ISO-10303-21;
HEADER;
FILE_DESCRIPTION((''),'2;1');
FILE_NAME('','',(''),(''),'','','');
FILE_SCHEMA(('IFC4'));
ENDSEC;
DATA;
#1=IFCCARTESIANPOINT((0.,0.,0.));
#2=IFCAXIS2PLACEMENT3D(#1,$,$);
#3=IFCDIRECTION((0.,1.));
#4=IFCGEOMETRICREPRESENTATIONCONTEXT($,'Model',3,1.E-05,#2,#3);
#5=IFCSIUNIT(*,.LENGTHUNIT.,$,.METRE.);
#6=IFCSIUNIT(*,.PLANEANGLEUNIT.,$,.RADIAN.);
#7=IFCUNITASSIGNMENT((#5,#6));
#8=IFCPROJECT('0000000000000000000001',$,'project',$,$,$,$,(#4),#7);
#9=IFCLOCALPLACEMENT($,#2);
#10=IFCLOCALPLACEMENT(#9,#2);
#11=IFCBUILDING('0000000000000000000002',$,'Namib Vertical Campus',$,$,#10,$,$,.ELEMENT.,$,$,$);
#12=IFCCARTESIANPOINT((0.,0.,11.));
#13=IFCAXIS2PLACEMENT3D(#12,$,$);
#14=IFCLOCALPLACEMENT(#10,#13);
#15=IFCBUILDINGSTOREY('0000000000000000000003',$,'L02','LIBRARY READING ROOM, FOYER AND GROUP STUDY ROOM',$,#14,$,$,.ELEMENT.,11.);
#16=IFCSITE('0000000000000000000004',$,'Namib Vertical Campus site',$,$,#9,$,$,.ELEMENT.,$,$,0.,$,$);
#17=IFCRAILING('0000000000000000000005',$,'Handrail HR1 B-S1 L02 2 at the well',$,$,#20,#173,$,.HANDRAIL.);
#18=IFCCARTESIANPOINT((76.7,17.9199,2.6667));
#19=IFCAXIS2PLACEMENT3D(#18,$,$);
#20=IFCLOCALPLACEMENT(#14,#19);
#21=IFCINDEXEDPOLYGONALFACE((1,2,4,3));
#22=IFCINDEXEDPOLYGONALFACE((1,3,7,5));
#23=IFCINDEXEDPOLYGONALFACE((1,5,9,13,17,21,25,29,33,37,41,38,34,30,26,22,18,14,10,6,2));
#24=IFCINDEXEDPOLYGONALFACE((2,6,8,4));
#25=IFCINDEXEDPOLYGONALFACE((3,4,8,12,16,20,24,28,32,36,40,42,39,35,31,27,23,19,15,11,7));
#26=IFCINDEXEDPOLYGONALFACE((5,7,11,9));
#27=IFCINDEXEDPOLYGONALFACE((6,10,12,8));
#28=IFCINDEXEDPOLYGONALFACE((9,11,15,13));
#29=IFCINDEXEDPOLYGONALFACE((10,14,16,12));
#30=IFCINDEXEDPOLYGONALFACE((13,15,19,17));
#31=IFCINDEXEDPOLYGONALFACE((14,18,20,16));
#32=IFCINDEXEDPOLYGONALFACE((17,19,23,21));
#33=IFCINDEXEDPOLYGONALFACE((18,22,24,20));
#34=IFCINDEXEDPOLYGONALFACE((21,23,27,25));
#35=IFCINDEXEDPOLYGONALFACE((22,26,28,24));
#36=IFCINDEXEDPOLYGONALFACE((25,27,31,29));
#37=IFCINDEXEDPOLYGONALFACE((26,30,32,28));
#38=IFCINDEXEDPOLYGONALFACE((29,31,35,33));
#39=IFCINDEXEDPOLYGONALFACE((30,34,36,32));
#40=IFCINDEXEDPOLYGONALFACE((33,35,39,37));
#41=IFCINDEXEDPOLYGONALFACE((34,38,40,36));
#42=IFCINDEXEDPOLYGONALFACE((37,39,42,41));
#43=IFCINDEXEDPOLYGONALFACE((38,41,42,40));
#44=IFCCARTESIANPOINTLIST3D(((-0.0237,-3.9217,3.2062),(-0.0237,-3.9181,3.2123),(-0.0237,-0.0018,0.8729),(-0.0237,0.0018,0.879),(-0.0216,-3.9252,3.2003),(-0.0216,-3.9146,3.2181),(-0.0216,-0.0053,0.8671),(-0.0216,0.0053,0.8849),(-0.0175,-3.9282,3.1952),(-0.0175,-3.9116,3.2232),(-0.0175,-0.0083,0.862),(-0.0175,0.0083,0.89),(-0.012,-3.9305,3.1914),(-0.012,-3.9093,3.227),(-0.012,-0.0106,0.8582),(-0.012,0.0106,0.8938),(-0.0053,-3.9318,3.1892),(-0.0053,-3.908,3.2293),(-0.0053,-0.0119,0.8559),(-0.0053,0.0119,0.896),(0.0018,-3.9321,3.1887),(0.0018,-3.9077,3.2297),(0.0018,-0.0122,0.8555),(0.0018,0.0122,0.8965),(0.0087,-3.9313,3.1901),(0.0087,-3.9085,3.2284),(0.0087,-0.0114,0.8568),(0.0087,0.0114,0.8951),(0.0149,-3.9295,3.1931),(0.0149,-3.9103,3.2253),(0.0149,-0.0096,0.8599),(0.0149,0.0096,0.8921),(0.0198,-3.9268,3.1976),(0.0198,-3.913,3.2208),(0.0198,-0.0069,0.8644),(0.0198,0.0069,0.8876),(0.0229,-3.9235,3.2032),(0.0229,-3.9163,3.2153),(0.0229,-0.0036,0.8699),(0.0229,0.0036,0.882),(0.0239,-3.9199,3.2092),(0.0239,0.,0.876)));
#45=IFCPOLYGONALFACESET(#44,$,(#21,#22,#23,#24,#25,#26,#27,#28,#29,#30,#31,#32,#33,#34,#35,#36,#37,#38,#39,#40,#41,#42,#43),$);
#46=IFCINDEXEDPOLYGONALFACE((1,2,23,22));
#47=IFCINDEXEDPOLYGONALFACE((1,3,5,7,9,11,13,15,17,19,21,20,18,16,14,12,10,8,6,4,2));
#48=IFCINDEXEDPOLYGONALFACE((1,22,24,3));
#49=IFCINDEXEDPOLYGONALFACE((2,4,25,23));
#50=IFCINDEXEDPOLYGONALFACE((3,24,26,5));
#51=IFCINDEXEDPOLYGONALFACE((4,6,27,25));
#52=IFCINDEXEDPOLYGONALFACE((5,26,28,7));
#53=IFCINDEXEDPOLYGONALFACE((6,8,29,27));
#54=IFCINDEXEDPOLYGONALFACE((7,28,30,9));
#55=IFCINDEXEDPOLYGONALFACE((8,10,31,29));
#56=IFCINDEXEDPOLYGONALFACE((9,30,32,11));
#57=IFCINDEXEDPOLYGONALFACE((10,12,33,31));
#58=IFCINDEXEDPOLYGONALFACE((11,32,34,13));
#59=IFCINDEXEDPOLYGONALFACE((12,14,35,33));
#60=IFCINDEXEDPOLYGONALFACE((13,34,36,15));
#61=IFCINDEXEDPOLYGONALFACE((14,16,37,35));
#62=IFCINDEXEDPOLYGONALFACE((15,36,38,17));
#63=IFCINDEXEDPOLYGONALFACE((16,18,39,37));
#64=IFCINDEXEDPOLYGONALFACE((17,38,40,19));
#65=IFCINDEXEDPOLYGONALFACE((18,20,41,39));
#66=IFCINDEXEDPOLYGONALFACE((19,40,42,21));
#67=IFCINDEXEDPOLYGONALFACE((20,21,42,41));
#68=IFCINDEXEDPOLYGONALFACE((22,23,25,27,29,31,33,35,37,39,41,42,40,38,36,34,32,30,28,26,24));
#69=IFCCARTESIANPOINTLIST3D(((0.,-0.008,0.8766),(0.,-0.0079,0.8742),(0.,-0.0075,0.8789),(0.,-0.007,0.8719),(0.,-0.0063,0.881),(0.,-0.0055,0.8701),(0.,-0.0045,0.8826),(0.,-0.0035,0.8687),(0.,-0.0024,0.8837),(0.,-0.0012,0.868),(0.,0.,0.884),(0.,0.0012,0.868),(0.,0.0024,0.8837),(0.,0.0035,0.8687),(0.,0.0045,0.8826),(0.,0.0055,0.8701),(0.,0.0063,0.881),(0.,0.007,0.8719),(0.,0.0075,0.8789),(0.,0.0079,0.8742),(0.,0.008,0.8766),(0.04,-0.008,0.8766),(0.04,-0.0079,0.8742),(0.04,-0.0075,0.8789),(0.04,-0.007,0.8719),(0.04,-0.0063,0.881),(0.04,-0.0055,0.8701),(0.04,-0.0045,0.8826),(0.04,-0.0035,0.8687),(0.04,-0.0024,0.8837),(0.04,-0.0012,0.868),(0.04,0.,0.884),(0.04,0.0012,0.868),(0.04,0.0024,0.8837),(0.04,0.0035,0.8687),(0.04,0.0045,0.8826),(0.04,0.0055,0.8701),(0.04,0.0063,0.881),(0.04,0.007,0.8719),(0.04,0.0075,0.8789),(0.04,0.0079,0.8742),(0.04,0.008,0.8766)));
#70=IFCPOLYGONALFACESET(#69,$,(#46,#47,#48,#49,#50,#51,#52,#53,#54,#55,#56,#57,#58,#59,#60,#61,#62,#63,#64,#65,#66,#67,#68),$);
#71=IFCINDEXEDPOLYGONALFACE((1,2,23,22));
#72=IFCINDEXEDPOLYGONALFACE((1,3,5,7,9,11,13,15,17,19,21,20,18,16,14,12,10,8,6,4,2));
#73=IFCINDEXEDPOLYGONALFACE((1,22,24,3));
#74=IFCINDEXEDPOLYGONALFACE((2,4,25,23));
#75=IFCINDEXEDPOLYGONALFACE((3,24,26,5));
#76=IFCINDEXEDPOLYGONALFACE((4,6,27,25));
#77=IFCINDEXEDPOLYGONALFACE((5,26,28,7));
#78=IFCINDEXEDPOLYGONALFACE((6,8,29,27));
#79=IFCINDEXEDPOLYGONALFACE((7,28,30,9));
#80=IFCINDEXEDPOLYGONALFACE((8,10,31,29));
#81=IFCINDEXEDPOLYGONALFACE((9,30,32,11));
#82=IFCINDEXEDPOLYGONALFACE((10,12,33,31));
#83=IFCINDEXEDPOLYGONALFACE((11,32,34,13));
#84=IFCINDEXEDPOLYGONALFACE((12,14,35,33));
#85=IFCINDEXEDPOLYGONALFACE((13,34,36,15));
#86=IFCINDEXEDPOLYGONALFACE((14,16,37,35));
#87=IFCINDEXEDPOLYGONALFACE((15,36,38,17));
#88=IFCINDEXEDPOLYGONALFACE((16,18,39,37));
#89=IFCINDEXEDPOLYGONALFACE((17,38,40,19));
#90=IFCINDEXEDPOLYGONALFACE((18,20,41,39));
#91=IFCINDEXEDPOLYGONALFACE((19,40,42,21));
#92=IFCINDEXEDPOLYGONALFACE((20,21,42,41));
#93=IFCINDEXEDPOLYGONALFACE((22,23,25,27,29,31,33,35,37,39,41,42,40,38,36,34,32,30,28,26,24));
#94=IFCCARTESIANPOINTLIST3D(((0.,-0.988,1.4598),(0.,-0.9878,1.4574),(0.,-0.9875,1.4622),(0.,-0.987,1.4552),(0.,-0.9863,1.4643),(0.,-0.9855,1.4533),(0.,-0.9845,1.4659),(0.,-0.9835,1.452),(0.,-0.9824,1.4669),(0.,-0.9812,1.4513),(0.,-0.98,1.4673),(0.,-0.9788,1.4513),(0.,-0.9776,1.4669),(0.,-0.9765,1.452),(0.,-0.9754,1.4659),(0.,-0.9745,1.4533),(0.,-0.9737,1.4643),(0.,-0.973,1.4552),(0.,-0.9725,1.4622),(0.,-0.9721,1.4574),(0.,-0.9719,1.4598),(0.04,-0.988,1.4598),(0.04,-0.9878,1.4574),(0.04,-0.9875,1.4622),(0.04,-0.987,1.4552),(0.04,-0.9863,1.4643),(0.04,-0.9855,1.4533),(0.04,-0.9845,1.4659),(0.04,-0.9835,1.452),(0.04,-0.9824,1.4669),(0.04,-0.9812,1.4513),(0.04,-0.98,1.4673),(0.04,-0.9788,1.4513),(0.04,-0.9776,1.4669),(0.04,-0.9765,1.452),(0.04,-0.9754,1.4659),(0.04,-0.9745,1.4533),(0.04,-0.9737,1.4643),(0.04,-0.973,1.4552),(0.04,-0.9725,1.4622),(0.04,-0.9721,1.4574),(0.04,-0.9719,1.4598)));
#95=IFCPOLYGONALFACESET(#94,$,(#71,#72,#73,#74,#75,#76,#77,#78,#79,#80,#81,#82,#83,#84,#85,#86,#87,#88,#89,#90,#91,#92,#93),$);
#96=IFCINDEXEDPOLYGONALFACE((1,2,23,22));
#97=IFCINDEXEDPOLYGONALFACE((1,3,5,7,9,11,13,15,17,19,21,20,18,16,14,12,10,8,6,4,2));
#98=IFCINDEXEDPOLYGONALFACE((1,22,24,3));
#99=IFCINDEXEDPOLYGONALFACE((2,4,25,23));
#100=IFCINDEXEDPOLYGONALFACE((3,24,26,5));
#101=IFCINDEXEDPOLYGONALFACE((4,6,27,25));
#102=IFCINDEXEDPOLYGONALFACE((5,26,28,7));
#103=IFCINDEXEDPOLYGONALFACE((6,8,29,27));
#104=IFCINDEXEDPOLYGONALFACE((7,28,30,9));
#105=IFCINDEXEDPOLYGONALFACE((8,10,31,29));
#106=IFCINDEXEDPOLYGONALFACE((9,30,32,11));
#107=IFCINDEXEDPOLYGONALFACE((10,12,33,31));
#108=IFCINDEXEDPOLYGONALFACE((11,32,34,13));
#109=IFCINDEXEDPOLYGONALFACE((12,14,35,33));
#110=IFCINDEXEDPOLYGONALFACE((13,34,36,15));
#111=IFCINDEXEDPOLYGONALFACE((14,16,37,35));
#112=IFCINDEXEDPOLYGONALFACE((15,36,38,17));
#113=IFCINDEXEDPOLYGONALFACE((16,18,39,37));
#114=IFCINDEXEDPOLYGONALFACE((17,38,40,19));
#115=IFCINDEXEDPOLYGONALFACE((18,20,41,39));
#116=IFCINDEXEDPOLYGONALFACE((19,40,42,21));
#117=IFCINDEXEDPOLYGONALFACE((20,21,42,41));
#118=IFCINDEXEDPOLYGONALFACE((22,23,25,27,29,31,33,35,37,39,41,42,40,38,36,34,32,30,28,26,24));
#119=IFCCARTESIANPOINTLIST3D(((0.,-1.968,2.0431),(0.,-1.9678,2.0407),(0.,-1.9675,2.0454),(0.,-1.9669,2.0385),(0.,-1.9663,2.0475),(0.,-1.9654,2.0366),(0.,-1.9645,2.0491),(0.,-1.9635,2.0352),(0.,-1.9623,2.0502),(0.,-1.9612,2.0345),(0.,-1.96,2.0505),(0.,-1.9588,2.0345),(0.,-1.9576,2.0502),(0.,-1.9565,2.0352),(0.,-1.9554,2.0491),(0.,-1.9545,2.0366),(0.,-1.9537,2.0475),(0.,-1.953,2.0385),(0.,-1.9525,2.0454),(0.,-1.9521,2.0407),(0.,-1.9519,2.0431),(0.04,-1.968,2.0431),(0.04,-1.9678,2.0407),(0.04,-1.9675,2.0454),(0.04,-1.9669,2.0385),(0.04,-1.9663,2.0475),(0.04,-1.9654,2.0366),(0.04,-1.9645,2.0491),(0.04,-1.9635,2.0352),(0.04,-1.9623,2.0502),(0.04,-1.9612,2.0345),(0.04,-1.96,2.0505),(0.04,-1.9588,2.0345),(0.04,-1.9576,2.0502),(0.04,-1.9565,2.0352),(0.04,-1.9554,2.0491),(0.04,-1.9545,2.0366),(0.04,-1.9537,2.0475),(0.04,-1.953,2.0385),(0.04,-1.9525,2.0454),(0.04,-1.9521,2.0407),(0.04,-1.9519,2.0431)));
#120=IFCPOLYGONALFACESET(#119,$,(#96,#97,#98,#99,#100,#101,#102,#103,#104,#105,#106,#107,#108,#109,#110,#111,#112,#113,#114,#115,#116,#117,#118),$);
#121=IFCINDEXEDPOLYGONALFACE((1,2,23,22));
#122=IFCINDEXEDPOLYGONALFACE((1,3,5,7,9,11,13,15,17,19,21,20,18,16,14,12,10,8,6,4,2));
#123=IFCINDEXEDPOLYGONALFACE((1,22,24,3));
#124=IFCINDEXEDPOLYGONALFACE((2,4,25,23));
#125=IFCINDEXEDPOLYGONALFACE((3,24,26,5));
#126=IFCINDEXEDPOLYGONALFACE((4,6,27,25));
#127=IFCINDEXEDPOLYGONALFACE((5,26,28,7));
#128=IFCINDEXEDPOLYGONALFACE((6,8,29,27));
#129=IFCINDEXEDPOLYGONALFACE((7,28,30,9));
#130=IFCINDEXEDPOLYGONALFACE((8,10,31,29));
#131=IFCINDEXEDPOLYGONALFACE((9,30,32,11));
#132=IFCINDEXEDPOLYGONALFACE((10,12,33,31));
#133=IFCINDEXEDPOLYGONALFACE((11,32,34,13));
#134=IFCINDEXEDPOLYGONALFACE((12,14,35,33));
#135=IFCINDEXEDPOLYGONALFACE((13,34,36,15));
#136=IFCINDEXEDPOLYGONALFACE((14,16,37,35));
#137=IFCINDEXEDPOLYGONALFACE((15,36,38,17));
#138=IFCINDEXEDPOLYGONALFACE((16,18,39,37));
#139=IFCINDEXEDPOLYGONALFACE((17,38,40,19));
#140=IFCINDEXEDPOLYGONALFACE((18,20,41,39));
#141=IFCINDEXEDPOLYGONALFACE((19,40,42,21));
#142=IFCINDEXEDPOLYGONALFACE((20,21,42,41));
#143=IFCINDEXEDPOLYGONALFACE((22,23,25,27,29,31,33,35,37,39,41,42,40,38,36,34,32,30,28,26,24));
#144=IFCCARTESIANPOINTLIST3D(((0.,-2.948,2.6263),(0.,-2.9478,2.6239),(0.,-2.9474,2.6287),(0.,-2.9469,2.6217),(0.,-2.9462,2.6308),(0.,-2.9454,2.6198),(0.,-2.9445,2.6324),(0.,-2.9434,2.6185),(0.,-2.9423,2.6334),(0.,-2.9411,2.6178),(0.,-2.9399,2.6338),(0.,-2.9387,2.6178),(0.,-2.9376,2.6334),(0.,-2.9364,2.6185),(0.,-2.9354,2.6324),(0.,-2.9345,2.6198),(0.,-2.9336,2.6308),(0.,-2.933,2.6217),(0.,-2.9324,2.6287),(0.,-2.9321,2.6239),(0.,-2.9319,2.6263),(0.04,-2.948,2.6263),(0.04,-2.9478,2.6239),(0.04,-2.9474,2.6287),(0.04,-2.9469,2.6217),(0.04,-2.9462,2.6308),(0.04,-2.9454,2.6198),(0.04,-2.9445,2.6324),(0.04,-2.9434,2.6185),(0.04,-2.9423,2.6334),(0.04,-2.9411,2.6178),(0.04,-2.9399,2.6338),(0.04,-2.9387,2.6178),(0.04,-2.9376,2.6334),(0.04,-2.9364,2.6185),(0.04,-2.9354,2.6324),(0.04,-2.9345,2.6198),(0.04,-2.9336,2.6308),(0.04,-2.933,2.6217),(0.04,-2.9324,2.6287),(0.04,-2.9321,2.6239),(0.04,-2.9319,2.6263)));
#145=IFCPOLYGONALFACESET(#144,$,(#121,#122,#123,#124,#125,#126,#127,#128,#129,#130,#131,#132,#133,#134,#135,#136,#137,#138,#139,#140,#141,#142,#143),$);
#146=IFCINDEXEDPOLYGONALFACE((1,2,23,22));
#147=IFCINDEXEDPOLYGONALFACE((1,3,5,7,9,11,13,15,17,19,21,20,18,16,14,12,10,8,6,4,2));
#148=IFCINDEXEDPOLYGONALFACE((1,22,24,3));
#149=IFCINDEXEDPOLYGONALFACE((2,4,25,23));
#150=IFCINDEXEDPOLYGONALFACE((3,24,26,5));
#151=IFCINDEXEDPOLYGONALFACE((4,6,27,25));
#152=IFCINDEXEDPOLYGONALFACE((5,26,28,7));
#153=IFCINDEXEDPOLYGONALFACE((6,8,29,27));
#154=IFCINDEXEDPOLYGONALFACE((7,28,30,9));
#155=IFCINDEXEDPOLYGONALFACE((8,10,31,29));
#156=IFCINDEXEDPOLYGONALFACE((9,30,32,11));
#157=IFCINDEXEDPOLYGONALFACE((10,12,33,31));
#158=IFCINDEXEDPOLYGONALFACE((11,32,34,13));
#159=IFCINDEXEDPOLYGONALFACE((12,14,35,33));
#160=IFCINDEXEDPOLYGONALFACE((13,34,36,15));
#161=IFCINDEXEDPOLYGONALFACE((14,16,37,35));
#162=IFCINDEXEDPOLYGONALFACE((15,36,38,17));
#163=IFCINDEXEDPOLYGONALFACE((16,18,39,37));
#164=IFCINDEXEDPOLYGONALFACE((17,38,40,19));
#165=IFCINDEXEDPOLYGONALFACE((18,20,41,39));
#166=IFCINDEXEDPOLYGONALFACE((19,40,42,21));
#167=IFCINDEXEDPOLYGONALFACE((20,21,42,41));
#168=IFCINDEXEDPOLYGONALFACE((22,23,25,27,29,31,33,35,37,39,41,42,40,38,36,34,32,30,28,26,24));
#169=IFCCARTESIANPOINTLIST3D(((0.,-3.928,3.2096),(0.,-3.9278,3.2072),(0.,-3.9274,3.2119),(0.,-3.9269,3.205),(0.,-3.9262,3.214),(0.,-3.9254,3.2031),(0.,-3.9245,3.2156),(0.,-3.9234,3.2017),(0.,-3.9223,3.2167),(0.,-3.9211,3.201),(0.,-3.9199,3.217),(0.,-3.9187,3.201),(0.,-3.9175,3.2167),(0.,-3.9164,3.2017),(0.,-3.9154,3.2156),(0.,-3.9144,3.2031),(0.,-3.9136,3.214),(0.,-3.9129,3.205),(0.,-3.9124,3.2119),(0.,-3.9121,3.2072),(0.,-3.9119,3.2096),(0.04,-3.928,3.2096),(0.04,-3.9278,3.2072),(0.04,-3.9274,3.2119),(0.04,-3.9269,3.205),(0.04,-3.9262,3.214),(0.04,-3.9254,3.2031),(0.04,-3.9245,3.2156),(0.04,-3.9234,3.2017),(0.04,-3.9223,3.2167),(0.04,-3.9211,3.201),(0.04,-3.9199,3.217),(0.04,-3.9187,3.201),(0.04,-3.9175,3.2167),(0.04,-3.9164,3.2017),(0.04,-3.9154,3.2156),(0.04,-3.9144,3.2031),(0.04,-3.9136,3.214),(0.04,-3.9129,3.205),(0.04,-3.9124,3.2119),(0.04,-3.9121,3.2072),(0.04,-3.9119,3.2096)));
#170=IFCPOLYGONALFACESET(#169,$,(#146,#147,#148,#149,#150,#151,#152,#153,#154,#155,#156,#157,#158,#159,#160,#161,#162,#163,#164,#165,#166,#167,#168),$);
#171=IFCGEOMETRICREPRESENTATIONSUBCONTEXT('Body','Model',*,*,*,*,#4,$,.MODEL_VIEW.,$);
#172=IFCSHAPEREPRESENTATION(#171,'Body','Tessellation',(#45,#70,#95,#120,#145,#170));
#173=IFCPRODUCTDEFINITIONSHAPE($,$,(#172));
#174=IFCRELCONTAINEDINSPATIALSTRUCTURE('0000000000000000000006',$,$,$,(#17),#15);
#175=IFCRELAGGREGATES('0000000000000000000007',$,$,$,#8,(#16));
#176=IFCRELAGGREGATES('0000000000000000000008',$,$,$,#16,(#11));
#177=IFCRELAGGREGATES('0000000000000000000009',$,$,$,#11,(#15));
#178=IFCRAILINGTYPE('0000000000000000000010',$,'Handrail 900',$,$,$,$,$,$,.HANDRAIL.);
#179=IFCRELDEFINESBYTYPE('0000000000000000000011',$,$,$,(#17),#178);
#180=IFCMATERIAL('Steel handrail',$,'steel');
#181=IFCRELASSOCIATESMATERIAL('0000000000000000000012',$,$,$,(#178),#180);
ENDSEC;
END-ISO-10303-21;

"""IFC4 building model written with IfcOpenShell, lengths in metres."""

from ifc_helpers import new_model, si_unit, direction, frame, origin, origin_2d, place, context, subcontext, project, spatial, circle, extrude, material, type_object, element, save


model = new_model("IFC4")

# Units and contexts
model_context = context("Model", 3, precision=1e-05, world=origin(), true_north=direction((0.0, 1.0)))
body_context = subcontext(model_context, "Body", "Model", "MODEL_VIEW")
ifc_project = project(units=[si_unit("LENGTHUNIT", "METRE"), si_unit("PLANEANGLEUNIT", "RADIAN")], contexts=[model_context])

# Site, building, storey
site_placement = place(None, origin())
site = spatial("IfcSite", under=ifc_project, at=site_placement, Name="Namib Vertical Campus site", CompositionType="ELEMENT", RefElevation=0.0)
building_placement = place(site_placement, origin())
building = spatial("IfcBuilding", under=site, at=building_placement, Name="Namib Vertical Campus", CompositionType="ELEMENT")
storey_placement = place(building_placement, frame((0.0, 0.0, 11.0)))
storey = spatial("IfcBuildingStorey", under=building, at=storey_placement, Name="L02", Description="LIBRARY READING ROOM, FOYER AND GROUP STUDY ROOM", CompositionType="ELEMENT", Elevation=11.0)

# Railing
ifc_material_1 = material(Name="Steel handrail", Category="steel")
railing_type_1 = type_object("IfcRailingType", Name="Handrail 900", PredefinedType="HANDRAIL", material=ifc_material_1)
railing_1_placement = place(storey_placement, frame((76.7, 17.9199, 2.6667)))
element("IfcRailing", 1, at=railing_1_placement, inside=storey, type_object=railing_type_1, Name="Handrail HR1 B-S1 L02 2 at the well", PredefinedType="HANDRAIL", context=body_context, shape_type="SweptSolid", body=[
    extrude(circle(Radius=0.0239, at=origin_2d()), frame((0.0, 0.0, 0.876), z_axis=(0.0, -0.859296, 0.511478), x_axis=(1.0, 0.0, 0.0)), (0.0, 0.0, 1.0), 4.5618),
    extrude(circle(Radius=0.0081, at=origin_2d()), frame((0.0, 0.0, 0.876), z_axis=(1.0, 0.0, 0.0), x_axis=(0.0, 0.0, 1.0)), (0.0, 0.0, 1.0), 0.04),
    extrude(circle(Radius=0.0081, at=origin_2d()), frame((0.0, -0.98, 1.4592), z_axis=(1.0, 0.0, 0.0), x_axis=(0.0, 0.0, 1.0)), (0.0, 0.0, 1.0), 0.04),
    extrude(circle(Radius=0.0081, at=origin_2d()), frame((0.0, -1.96, 2.0425), z_axis=(1.0, 0.0, 0.0), x_axis=(0.0, 0.0, 1.0)), (0.0, 0.0, 1.0), 0.04),
    extrude(circle(Radius=0.0081, at=origin_2d()), frame((0.0, -2.9399, 2.6257), z_axis=(1.0, 0.0, 0.0), x_axis=(0.0, 0.0, 1.0)), (0.0, 0.0, 1.0), 0.04),
    extrude(circle(Radius=0.0081, at=origin_2d()), frame((0.0, -3.9199, 3.209), z_axis=(1.0, 0.0, 0.0), x_axis=(0.0, 0.0, 1.0)), (0.0, 0.0, 1.0), 0.04),
])

save(model, "model.ifc")
